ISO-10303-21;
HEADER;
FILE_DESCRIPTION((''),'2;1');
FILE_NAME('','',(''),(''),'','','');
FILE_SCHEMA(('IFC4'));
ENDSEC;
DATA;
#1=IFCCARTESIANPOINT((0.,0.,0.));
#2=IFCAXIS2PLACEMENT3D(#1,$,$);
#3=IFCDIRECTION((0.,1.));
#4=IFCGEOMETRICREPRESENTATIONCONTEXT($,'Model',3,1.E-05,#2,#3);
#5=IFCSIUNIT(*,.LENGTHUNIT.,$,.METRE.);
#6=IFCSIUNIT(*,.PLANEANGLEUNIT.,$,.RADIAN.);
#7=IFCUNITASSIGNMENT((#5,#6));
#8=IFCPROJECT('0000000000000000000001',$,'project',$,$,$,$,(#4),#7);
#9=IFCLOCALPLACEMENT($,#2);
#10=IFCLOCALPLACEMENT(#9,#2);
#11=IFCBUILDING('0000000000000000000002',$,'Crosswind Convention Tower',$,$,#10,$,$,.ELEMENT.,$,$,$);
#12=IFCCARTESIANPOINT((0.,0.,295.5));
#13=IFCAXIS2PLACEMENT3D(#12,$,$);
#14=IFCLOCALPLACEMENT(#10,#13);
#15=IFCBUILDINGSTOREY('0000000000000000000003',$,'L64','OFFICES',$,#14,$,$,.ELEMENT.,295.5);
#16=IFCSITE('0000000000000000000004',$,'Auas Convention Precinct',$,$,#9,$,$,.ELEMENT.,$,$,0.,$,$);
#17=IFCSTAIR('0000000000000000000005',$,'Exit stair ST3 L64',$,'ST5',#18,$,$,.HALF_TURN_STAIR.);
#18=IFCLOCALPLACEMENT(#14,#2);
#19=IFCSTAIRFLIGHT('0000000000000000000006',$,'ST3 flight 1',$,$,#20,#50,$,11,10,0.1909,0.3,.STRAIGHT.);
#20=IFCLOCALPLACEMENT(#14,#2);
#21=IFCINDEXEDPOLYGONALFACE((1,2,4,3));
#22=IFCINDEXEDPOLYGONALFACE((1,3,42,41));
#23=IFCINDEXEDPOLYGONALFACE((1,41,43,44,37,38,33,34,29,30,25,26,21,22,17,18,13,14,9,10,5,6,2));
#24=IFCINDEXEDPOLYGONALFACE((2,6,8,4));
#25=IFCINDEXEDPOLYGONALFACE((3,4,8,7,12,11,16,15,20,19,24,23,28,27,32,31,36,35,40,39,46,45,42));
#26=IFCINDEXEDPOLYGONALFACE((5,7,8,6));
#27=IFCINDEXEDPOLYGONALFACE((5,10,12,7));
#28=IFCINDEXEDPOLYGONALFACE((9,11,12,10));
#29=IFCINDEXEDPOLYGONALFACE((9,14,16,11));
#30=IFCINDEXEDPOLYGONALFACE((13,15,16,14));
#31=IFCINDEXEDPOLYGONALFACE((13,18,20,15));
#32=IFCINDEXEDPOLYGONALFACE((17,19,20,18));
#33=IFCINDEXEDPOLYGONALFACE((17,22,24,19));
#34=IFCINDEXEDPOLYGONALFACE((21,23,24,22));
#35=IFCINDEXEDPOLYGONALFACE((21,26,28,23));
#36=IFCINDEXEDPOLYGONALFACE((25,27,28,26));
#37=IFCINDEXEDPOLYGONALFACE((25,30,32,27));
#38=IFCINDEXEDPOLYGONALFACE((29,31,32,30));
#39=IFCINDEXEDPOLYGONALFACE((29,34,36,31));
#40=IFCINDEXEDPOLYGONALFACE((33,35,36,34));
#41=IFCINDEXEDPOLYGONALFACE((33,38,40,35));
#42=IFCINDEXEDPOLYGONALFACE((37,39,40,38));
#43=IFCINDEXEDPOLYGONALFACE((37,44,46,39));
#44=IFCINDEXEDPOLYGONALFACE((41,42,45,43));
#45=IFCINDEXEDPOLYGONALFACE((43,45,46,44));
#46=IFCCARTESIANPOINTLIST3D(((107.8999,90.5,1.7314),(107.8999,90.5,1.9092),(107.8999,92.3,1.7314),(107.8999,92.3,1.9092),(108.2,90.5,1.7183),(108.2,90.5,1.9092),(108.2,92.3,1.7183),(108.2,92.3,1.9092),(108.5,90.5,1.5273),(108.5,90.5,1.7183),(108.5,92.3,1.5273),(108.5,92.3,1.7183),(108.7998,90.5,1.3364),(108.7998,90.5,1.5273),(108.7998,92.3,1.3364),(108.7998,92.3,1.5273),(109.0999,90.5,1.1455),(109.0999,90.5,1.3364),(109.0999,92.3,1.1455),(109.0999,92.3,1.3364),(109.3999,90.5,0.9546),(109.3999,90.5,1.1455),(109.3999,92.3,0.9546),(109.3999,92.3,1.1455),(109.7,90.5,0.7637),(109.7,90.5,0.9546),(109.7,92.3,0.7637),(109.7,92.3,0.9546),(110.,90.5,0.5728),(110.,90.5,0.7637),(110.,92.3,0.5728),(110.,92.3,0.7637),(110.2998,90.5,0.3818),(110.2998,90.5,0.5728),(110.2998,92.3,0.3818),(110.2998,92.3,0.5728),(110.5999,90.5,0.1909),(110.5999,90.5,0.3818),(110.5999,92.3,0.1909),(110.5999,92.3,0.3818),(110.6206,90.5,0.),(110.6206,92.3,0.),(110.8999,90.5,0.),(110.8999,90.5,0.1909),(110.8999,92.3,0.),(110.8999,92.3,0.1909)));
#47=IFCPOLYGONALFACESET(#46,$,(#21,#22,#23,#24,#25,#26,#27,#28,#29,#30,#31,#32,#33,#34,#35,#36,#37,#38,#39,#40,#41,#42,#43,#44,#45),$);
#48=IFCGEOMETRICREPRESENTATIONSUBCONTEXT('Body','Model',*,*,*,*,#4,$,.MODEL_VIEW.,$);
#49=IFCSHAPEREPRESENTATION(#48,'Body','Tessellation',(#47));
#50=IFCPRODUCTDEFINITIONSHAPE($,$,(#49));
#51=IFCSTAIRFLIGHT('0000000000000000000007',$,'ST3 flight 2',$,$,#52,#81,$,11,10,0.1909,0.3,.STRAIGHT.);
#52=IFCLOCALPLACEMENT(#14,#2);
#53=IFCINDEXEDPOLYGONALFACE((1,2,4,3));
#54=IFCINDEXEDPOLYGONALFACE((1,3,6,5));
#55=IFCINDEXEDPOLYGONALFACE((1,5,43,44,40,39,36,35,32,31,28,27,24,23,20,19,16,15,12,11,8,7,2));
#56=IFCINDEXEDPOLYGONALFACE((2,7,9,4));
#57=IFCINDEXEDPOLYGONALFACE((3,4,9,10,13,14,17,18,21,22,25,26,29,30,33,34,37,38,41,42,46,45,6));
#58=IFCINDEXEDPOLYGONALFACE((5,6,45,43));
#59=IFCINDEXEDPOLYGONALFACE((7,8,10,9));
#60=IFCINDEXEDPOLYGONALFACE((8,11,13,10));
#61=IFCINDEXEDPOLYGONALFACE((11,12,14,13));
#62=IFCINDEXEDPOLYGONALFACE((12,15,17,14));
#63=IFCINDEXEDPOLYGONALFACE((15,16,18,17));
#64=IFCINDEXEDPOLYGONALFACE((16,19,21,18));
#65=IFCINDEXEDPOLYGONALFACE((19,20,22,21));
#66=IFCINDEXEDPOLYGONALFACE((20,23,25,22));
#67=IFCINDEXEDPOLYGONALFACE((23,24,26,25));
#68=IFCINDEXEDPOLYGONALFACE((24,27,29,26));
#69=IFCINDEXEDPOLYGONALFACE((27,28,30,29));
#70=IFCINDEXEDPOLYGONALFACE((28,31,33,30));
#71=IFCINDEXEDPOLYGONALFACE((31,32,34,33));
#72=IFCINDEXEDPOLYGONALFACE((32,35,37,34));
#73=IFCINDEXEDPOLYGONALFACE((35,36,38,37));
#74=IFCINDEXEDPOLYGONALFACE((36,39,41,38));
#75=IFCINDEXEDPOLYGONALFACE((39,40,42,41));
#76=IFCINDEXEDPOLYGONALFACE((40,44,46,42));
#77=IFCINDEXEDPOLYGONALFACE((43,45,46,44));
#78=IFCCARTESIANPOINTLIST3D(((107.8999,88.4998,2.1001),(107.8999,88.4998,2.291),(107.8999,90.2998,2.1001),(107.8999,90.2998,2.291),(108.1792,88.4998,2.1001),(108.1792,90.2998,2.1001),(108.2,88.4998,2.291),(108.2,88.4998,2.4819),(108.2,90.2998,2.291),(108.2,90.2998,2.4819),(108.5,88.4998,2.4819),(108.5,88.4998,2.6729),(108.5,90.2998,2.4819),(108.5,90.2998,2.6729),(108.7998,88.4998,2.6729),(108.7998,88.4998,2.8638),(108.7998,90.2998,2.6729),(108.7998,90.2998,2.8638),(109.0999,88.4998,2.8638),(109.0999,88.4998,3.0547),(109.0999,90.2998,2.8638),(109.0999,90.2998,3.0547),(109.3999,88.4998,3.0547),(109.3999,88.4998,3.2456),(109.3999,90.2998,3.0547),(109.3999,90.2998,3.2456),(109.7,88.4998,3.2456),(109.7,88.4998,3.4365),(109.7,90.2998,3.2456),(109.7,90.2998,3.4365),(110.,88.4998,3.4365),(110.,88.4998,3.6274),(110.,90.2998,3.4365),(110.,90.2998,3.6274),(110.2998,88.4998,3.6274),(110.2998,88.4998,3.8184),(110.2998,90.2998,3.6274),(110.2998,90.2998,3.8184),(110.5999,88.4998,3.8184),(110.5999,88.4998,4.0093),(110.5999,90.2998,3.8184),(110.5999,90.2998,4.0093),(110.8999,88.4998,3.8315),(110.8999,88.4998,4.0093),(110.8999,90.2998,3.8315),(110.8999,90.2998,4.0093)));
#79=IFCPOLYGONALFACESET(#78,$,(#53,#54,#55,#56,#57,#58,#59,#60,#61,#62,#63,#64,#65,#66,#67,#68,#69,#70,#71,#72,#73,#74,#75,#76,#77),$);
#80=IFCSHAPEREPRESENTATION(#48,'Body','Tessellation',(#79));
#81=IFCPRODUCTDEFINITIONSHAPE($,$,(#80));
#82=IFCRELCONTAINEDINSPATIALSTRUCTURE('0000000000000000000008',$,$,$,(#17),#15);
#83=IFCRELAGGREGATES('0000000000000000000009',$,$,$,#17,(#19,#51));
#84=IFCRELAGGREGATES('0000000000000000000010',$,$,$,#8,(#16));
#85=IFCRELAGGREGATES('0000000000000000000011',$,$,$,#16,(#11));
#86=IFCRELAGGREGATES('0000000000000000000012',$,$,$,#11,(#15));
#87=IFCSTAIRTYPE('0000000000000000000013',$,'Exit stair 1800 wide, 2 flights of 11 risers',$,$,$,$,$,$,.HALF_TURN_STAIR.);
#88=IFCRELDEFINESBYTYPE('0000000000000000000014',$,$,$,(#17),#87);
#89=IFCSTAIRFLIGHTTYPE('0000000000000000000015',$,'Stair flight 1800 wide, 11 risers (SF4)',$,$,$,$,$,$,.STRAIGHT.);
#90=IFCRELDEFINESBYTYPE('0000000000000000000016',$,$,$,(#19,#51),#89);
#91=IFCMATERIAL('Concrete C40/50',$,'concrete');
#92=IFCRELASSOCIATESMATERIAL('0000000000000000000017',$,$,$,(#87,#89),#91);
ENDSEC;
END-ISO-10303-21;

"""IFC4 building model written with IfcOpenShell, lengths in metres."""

from ifc_helpers import new_model, si_unit, direction, frame, origin, place, context, subcontext, project, spatial, polyline, outline, extrude, material, type_object, element, aggregate, save


model = new_model("IFC4")

# Units and contexts
model_context = context("Model", 3, precision=1e-05, world=origin(), true_north=direction((0.0, 1.0)))
body_context = subcontext(model_context, "Body", "Model", "MODEL_VIEW")
ifc_project = project(units=[si_unit("LENGTHUNIT", "METRE"), si_unit("PLANEANGLEUNIT", "RADIAN")], contexts=[model_context])

# Site, building, storey
site_placement = place(None, origin())
site = spatial("IfcSite", under=ifc_project, at=site_placement, Name="Auas Convention Precinct", CompositionType="ELEMENT", RefElevation=0.0)
building_placement = place(site_placement, origin())
building = spatial("IfcBuilding", under=site, at=building_placement, Name="Crosswind Convention Tower", CompositionType="ELEMENT")
storey_placement = place(building_placement, frame((0.0, 0.0, 295.5)))
storey = spatial("IfcBuildingStorey", under=building, at=storey_placement, Name="L64", Description="OFFICES", CompositionType="ELEMENT", Elevation=295.5)

# Shared definitions
ifc_material_1 = material(Name="Concrete C40/50", Category="concrete")

# Stair
stair_type = type_object("IfcStairType", Name="Exit stair 1800 wide, 2 flights of 11 risers", PredefinedType="HALF_TURN_STAIR", material=ifc_material_1)
stair_1_placement = place(storey_placement, origin())
stair_1 = element("IfcStair", 1, at=stair_1_placement, inside=storey, type_object=stair_type, Name="Exit stair ST3 L64", ObjectType="ST5", PredefinedType="HALF_TURN_STAIR")

# Stair flights
stair_flight_type = type_object("IfcStairFlightType", Name="Stair flight 1800 wide, 11 risers (SF4)", PredefinedType="STRAIGHT", material=ifc_material_1)
stair_flight_1_placement = place(storey_placement, frame((110.8999, 91.3999, 0.0), z_axis=(0.0, 0.0, 1.0), x_axis=(-1.0, 0.0, 0.0)))
stair_flight_1 = element("IfcStairFlight", 2, at=stair_flight_1_placement, type_object=stair_flight_type, Name="ST3 flight 1", NumberOfRisers=11, NumberOfTreads=10, PredefinedType="STRAIGHT", RiserHeight=0.1909, TreadLength=0.3, context=body_context, shape_type="SweptSolid", body=[
    extrude(outline(polyline([(0.0, 0.0), (0.0, 0.1909), (0.3, 0.1909), (0.3, 0.3818), (0.6001, 0.3818), (0.6001, 0.5728), (0.8999, 0.5728), (0.8999, 0.7637), (1.2, 0.7637), (1.2, 0.9546), (1.5, 0.9546), (1.5, 1.1455), (1.8, 1.1455), (1.8, 1.3364), (2.1001, 1.3364), (2.1001, 1.5273), (2.3999, 1.5273), (2.3999, 1.7183), (2.7, 1.7183), (2.7, 1.9092), (3.0, 1.9092), (3.0, 2.1001), (3.0, 1.7314), (0.2793, 0.0), (0.0, 0.0)])), frame((0.0, 0.8999, 0.0), z_axis=(0.0, -1.0, 0.0), x_axis=(1.0, 0.0, 0.0)), (0.0, 0.0, 1.0), 1.8),
])
stair_flight_2_placement = place(storey_placement, frame((107.8999, 89.3999, 2.1001), z_axis=(0.0, 0.0, 1.0), x_axis=(1.0, 0.0, 0.0)))
stair_flight_2 = element("IfcStairFlight", 3, at=stair_flight_2_placement, type_object=stair_flight_type, Name="ST3 flight 2", NumberOfRisers=11, NumberOfTreads=10, PredefinedType="STRAIGHT", RiserHeight=0.1909, TreadLength=0.3, context=body_context, shape_type="SweptSolid", body=[
    extrude(outline(polyline([(0.0, 0.0), (0.0, 0.1909), (0.3, 0.1909), (0.3, 0.3818), (0.6001, 0.3818), (0.6001, 0.5728), (0.8999, 0.5728), (0.8999, 0.7637), (1.2, 0.7637), (1.2, 0.9546), (1.5, 0.9546), (1.5, 1.1455), (1.8, 1.1455), (1.8, 1.3364), (2.1001, 1.3364), (2.1001, 1.5273), (2.3999, 1.5273), (2.3999, 1.7183), (2.7, 1.7183), (2.7, 1.9092), (3.0, 1.9092), (3.0, 2.1001), (3.0, 1.7314), (0.2793, 0.0), (0.0, 0.0)])), frame((0.0, 0.8999, 0.0), z_axis=(0.0, -1.0, 0.0), x_axis=(1.0, 0.0, 0.0)), (0.0, 0.0, 1.0), 1.8),
])
aggregate(stair_1, [stair_flight_1, stair_flight_2])

save(model, "model.ifc")
